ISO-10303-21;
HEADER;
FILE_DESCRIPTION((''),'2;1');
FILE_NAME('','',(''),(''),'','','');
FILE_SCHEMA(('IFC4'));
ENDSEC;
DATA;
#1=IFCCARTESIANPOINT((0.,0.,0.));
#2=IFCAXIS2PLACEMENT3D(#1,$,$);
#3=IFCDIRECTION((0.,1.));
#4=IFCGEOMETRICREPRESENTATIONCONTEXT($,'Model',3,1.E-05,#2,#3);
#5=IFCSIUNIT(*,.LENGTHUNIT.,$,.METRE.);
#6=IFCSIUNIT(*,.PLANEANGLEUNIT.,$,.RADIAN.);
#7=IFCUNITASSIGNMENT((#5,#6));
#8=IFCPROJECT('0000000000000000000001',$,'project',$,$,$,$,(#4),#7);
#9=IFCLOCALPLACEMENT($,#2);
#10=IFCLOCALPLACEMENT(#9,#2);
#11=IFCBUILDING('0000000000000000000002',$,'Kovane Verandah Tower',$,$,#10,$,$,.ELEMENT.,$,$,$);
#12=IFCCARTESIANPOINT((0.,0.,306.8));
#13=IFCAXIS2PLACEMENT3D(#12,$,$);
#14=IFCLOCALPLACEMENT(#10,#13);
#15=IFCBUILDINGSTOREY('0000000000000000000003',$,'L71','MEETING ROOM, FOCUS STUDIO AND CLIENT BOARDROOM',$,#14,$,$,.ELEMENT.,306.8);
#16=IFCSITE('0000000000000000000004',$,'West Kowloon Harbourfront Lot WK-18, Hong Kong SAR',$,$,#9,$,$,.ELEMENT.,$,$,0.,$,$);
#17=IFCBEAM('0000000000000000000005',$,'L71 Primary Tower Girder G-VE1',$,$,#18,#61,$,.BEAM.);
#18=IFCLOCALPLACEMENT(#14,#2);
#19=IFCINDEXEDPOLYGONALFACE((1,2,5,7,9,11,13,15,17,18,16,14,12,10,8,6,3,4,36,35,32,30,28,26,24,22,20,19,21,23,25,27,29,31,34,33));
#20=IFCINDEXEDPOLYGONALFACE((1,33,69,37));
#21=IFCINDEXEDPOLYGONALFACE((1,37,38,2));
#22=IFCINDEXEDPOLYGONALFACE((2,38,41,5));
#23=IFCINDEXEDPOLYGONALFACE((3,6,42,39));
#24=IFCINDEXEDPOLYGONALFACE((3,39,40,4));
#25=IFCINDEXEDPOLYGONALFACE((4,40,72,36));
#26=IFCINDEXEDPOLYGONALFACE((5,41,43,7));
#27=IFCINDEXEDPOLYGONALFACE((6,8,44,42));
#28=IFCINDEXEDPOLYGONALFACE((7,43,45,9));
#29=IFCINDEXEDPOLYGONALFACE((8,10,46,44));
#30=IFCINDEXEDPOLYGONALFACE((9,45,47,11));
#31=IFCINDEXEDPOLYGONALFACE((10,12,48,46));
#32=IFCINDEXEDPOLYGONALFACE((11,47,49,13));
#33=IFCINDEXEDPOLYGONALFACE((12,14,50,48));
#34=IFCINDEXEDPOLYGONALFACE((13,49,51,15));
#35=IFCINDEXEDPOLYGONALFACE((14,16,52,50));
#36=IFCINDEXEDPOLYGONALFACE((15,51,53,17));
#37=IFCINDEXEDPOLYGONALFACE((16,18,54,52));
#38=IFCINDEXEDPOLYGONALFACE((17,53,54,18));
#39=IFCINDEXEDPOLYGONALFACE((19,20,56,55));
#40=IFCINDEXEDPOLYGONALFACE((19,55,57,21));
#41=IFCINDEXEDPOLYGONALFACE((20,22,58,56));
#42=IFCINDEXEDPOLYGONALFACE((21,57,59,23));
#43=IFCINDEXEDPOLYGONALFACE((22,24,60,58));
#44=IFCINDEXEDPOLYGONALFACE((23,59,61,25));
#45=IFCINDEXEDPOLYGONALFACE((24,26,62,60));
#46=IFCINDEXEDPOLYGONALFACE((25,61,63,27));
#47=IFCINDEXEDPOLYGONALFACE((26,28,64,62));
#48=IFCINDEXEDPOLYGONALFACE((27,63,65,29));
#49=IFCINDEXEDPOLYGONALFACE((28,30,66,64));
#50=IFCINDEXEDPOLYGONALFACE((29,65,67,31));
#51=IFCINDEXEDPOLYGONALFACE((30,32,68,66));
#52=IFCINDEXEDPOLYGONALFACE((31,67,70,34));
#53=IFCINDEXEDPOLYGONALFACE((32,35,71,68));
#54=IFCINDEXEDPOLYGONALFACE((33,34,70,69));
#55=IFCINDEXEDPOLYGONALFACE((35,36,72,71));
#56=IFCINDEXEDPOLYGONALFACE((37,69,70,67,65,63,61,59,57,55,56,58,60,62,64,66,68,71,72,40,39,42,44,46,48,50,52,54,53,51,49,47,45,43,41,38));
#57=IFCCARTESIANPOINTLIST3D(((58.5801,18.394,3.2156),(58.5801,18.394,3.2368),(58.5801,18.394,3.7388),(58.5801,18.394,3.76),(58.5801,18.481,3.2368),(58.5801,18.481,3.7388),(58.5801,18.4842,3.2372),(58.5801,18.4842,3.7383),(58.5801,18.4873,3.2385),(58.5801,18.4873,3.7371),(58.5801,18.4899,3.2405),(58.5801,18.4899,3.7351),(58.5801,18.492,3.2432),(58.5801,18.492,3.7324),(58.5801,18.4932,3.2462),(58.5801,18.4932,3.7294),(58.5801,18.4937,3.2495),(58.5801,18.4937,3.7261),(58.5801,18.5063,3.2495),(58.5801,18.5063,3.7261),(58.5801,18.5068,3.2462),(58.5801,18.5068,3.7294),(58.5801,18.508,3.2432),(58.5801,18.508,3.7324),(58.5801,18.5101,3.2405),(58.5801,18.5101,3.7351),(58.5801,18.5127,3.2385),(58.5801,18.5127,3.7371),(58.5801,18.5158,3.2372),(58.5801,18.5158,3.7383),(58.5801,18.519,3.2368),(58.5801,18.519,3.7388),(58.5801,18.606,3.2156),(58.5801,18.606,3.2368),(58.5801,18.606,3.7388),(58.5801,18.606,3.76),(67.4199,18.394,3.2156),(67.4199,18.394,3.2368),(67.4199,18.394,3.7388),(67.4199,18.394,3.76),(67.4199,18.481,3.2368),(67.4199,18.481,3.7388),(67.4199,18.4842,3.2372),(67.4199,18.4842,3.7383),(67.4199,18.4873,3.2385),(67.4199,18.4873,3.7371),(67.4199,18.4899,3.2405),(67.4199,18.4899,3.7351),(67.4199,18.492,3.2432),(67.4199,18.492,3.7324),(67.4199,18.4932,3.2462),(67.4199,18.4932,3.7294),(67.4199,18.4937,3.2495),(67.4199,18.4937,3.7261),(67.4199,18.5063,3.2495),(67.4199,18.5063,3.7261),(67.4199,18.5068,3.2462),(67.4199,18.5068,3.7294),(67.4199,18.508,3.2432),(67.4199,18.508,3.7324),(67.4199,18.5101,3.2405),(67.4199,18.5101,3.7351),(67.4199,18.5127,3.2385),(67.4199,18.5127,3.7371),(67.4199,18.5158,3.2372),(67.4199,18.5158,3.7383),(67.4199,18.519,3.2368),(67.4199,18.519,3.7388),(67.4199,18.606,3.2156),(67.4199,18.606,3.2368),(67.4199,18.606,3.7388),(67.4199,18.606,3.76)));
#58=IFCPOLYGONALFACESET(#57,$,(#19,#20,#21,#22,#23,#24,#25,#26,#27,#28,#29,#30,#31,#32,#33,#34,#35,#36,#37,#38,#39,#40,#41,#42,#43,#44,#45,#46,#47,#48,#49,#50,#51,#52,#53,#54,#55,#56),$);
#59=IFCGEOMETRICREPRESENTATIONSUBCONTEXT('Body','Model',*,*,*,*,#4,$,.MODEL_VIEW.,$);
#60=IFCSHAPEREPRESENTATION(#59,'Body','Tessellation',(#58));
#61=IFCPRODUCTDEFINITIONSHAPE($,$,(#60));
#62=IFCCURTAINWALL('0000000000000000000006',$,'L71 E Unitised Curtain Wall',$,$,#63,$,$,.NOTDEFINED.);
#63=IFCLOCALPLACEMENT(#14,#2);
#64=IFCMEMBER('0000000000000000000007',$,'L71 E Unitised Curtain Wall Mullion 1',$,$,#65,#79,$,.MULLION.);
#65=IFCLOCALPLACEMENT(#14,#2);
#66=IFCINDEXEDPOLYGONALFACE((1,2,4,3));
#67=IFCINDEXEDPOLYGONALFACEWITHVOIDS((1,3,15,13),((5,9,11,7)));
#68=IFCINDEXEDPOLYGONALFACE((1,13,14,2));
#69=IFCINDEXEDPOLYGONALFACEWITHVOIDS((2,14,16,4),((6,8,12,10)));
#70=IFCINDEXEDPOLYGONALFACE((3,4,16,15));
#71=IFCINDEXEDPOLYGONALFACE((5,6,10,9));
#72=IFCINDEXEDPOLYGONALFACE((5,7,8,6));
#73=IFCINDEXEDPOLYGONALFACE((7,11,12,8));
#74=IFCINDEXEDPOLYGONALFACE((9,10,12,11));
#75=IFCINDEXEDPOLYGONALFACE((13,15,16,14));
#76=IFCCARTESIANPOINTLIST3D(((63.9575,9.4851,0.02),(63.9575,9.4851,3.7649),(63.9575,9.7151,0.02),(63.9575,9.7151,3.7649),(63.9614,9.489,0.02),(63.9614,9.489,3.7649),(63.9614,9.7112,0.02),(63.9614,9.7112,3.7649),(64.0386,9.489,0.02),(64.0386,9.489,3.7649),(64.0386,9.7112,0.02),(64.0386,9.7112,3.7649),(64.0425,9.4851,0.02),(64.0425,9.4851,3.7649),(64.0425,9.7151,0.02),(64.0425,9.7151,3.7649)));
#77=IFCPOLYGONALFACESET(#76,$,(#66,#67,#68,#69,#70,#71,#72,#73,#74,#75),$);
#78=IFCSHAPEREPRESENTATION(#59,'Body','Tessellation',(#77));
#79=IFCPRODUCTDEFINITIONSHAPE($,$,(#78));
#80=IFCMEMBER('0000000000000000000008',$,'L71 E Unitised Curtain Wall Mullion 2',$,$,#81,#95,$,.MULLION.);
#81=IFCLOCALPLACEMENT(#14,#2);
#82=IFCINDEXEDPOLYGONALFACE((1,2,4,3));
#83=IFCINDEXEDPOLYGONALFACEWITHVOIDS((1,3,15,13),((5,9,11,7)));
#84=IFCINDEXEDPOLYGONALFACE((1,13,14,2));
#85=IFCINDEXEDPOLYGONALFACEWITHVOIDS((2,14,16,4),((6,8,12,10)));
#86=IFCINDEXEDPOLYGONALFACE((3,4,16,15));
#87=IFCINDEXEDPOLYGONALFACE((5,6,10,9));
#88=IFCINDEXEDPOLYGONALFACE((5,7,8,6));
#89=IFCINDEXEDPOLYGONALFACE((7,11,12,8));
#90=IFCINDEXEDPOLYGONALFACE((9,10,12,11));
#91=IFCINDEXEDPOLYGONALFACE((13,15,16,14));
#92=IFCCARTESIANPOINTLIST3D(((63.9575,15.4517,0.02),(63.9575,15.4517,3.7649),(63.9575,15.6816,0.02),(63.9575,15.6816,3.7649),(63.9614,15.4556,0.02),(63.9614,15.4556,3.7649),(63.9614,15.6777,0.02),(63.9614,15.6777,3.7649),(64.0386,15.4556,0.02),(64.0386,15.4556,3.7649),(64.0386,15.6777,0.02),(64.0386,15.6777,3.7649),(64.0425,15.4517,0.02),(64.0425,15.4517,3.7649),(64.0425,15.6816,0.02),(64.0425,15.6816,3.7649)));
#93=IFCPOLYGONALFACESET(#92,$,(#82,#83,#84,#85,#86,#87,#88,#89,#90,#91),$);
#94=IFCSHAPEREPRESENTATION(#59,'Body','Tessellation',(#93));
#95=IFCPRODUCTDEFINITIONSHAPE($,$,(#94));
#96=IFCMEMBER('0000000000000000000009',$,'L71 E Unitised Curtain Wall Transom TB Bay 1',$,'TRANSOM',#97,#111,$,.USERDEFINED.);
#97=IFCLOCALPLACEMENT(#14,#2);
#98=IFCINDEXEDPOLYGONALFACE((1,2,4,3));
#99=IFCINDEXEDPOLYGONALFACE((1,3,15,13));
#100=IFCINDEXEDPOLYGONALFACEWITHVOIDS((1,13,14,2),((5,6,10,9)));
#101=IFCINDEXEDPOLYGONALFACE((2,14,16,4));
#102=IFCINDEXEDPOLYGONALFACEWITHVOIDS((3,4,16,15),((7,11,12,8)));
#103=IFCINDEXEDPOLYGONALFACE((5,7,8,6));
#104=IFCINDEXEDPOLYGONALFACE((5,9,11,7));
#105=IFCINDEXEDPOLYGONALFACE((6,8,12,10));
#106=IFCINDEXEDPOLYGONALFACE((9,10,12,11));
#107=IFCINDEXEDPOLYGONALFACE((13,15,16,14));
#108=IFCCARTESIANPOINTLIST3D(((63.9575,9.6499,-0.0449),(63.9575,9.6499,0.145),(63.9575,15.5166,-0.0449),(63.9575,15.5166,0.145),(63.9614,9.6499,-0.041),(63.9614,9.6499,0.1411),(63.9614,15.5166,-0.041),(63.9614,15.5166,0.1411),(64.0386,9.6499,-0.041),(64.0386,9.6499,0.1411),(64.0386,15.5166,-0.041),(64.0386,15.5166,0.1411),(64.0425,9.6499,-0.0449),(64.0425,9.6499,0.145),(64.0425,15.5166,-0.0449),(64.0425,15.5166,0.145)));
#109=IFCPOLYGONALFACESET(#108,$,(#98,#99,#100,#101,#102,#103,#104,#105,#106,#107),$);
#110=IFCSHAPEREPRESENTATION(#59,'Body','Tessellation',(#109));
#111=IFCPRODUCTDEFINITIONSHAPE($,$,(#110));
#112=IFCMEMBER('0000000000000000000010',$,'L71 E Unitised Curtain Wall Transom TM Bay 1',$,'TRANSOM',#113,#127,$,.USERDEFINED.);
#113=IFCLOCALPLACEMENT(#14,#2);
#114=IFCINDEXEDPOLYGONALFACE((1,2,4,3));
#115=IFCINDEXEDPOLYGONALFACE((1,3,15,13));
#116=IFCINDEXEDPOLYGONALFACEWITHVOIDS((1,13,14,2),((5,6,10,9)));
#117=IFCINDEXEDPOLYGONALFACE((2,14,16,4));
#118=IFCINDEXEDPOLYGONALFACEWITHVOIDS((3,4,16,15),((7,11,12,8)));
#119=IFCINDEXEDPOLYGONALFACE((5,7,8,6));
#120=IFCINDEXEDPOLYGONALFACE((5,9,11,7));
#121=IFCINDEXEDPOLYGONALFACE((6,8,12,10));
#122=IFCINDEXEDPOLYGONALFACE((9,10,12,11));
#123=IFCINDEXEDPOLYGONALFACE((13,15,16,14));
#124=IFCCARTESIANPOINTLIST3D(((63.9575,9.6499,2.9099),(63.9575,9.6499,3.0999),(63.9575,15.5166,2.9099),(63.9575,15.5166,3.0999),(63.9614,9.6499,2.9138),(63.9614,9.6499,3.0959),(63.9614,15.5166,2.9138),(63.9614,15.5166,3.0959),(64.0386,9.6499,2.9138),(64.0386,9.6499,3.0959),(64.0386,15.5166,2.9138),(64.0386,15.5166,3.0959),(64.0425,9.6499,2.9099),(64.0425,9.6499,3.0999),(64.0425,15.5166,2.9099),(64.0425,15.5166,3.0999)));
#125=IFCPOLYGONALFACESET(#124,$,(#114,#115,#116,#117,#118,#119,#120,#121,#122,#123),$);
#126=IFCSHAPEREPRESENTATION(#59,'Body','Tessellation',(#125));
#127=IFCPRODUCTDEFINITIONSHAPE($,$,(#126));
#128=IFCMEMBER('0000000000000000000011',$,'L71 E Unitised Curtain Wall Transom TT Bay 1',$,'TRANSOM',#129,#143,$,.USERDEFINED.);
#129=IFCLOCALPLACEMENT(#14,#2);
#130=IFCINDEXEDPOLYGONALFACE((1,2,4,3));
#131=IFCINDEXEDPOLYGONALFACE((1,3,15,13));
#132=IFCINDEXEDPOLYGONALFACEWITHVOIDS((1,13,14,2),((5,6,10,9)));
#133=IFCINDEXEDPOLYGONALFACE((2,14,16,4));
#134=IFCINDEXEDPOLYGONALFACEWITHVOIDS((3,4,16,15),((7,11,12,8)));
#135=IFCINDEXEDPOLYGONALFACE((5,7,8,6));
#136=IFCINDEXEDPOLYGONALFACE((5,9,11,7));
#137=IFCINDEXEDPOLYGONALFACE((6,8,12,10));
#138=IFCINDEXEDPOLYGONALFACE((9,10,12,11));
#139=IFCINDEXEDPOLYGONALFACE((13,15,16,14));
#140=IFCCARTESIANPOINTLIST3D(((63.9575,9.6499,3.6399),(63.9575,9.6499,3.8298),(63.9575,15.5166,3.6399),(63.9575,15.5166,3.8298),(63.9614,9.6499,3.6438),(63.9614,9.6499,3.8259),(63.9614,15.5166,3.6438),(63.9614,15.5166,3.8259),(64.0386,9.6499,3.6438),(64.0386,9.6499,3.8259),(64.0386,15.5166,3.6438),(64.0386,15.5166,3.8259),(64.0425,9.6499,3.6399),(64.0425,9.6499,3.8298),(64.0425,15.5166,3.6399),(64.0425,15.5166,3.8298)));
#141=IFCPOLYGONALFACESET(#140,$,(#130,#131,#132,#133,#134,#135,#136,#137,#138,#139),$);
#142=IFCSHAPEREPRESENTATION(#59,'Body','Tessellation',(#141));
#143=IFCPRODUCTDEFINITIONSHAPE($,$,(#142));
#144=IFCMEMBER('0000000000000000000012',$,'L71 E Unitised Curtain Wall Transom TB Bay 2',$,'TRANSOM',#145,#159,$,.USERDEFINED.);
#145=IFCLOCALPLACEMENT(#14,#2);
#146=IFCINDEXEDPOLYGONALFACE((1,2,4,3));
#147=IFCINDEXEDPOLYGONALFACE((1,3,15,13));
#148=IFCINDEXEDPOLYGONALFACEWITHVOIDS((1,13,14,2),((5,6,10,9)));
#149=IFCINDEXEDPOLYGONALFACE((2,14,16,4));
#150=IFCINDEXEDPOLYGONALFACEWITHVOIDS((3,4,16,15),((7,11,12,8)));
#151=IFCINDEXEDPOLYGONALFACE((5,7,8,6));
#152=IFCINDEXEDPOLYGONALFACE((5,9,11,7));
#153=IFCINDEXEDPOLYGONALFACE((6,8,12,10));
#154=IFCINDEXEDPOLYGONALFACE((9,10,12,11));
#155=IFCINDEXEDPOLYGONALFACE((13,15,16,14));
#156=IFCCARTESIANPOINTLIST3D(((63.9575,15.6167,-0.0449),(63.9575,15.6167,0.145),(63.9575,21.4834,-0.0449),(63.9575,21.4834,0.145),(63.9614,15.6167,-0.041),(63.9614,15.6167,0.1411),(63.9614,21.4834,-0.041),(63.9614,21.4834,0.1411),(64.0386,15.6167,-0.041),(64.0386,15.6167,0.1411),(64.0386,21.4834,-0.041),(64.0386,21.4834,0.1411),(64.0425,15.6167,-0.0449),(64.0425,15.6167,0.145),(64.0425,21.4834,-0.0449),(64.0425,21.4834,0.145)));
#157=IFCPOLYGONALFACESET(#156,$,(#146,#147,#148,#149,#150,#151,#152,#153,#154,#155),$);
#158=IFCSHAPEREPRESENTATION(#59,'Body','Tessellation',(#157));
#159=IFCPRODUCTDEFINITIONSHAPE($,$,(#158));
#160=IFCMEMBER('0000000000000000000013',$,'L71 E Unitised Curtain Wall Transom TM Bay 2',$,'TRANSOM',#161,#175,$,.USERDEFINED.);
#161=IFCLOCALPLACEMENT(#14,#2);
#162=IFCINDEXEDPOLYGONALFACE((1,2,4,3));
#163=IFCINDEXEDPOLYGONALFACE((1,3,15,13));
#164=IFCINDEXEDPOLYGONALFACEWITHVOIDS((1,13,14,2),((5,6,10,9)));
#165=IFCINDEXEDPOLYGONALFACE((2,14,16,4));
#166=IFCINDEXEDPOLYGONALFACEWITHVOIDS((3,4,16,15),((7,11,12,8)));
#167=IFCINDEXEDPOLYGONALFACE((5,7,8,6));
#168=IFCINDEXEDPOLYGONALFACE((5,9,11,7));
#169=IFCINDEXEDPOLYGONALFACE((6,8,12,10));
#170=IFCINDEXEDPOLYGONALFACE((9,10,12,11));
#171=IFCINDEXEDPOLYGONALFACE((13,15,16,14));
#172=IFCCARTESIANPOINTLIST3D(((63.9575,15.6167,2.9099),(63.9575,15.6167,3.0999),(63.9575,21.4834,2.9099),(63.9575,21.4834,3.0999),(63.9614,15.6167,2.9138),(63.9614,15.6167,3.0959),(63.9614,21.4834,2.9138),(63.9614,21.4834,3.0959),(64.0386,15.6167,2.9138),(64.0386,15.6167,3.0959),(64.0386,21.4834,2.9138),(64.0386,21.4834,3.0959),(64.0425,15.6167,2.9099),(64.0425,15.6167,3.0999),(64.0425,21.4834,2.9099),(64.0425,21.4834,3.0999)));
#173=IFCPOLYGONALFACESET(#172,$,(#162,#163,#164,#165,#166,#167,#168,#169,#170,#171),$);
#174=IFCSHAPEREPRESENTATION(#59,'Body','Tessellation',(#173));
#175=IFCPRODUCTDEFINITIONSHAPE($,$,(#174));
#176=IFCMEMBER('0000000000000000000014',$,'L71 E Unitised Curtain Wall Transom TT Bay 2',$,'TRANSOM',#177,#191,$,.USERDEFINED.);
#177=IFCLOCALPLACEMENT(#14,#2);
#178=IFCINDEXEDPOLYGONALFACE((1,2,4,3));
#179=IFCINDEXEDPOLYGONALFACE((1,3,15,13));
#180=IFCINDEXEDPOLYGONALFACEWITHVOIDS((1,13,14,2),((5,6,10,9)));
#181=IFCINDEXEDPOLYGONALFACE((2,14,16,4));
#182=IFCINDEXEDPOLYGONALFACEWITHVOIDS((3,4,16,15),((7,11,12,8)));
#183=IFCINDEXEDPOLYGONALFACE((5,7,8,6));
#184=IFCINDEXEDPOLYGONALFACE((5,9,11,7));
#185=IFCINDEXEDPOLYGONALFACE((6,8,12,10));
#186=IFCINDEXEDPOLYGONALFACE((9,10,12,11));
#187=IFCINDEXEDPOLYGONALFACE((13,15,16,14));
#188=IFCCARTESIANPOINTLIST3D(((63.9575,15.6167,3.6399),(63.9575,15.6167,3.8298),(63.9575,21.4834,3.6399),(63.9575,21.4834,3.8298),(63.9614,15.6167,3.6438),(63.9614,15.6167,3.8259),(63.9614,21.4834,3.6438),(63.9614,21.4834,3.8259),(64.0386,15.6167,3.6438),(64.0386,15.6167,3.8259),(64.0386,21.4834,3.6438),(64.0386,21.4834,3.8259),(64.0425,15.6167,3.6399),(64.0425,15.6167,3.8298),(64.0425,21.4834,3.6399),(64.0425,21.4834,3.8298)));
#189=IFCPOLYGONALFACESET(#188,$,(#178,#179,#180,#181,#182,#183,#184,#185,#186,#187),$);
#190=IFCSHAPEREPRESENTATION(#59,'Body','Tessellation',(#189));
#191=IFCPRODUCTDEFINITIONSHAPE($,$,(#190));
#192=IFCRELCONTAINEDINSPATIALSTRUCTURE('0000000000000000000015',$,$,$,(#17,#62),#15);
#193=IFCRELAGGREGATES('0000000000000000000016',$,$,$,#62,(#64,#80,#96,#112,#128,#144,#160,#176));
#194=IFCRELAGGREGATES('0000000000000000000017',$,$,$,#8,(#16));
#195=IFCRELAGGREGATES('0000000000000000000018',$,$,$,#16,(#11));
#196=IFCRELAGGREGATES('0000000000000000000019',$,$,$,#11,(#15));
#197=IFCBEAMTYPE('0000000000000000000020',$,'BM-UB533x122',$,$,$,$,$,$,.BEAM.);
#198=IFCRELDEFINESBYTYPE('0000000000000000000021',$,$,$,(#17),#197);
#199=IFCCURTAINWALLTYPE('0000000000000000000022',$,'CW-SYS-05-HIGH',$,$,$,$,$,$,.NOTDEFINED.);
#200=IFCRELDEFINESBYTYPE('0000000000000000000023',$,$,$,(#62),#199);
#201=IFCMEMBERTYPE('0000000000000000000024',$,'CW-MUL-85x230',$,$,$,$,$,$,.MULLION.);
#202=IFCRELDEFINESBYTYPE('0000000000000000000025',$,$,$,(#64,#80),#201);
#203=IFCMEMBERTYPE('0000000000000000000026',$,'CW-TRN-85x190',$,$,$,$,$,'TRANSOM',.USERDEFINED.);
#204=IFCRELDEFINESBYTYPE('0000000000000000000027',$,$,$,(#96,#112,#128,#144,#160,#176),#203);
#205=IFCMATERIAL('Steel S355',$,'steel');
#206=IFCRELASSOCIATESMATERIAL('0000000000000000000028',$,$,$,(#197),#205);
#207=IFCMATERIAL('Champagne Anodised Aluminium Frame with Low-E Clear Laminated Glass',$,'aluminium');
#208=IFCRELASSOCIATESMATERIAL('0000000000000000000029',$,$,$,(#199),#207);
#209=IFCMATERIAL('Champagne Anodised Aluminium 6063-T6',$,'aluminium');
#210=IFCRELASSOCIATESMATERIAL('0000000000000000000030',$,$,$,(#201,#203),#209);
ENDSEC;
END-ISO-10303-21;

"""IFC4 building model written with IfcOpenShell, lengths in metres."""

from ifc_helpers import new_model, si_unit, direction, frame, origin, origin_2d, place, context, subcontext, project, spatial, hollow_rectangle, i_section, extrude, material, material_profile, profile_set, type_object, element, aggregate, save


model = new_model("IFC4")

# Units and contexts
model_context = context("Model", 3, precision=1e-05, world=origin(), true_north=direction((0.0, 1.0)))
body_context = subcontext(model_context, "Body", "Model", "MODEL_VIEW")
ifc_project = project(units=[si_unit("LENGTHUNIT", "METRE"), si_unit("PLANEANGLEUNIT", "RADIAN")], contexts=[model_context])

# Site, building, storey
site_placement = place(None, origin())
site = spatial("IfcSite", under=ifc_project, at=site_placement, Name="West Kowloon Harbourfront Lot WK-18, Hong Kong SAR", CompositionType="ELEMENT", RefElevation=0.0)
building_placement = place(site_placement, origin())
building = spatial("IfcBuilding", under=site, at=building_placement, Name="Kovane Verandah Tower", CompositionType="ELEMENT")
storey_placement = place(building_placement, frame((0.0, 0.0, 306.8)))
storey = spatial("IfcBuildingStorey", under=building, at=storey_placement, Name="L71", Description="MEETING ROOM, FOCUS STUDIO AND CLIENT BOARDROOM", CompositionType="ELEMENT", Elevation=306.8)

# Beam
ifc_material_1 = material(Name="Steel S355", Category="steel")
ifc_material_profile_1 = material_profile(ifc_material_1, i_section(OverallWidth=0.2119, OverallDepth=0.5444, WebThickness=0.0127, FlangeThickness=0.0212, FilletRadius=0.0127, at=origin_2d()), Name="UB533x210x122")
ifc_profile_set_1 = profile_set([ifc_material_profile_1], Name="Steel S355")
beam_type_1 = type_object("IfcBeamType", Name="BM-UB533x122", PredefinedType="BEAM", material=ifc_profile_set_1)
beam_1_placement = place(storey_placement, frame((58.5801, 18.5, 3.4878), z_axis=(1.0, 0.0, 0.0), x_axis=(0.0, 1.0, 0.0)))
element("IfcBeam", 1, at=beam_1_placement, inside=storey, type_object=beam_type_1, Name="L71 Primary Tower Girder G-VE1", PredefinedType="BEAM", context=body_context, shape_type="SweptSolid", body=[
    extrude(i_section(OverallWidth=0.2119, OverallDepth=0.5444, WebThickness=0.0127, FlangeThickness=0.0212, FilletRadius=0.0127, at=origin_2d()), origin(), (0.0, 0.0, 1.0), 8.8398),
])

# Curtain wall, members
ifc_material_2 = material(Name="Champagne Anodised Aluminium Frame with Low-E Clear Laminated Glass", Category="aluminium")
curtain_wall_type = type_object("IfcCurtainWallType", Name="CW-SYS-05-HIGH", PredefinedType="NOTDEFINED", material=ifc_material_2)
curtain_wall_placement = place(storey_placement, origin())
curtain_wall = element("IfcCurtainWall", 2, at=curtain_wall_placement, inside=storey, type_object=curtain_wall_type, Name="L71 E Unitised Curtain Wall", PredefinedType="NOTDEFINED")
ifc_material_3 = material(Name="Champagne Anodised Aluminium 6063-T6", Category="aluminium")
ifc_material_profile_2 = material_profile(ifc_material_3, hollow_rectangle(XDim=0.085, YDim=0.23, WallThickness=0.0039, at=origin_2d()), Name="AL85x230x4")
ifc_profile_set_2 = profile_set([ifc_material_profile_2], Name="Champagne Anodised Aluminium 6063-T6")
member_type_1 = type_object("IfcMemberType", Name="CW-MUL-85x230", PredefinedType="MULLION", material=ifc_profile_set_2)
member_1_placement = place(storey_placement, frame((64.0, 9.6001, 0.02), z_axis=(0.0, 0.0, 1.0), x_axis=(1.0, 0.0, 0.0)))
member_1 = element("IfcMember", 3, at=member_1_placement, type_object=member_type_1, Name="L71 E Unitised Curtain Wall Mullion 1", PredefinedType="MULLION", context=body_context, shape_type="SweptSolid", body=[
    extrude(hollow_rectangle(XDim=0.085, YDim=0.23, WallThickness=0.0039, at=origin_2d()), origin(), (0.0, 0.0, 1.0), 3.7449),
])
member_2_placement = place(storey_placement, frame((64.0, 15.5667, 0.02), z_axis=(0.0, 0.0, 1.0), x_axis=(1.0, 0.0, 0.0)))
member_2 = element("IfcMember", 4, at=member_2_placement, type_object=member_type_1, Name="L71 E Unitised Curtain Wall Mullion 2", PredefinedType="MULLION", context=body_context, shape_type="SweptSolid", body=[
    extrude(hollow_rectangle(XDim=0.085, YDim=0.23, WallThickness=0.0039, at=origin_2d()), origin(), (0.0, 0.0, 1.0), 3.7449),
])
ifc_material_profile_3 = material_profile(ifc_material_3, hollow_rectangle(XDim=0.085, YDim=0.1899, WallThickness=0.0039, at=origin_2d()), Name="AL85x190x4")
ifc_profile_set_3 = profile_set([ifc_material_profile_3], Name="Champagne Anodised Aluminium 6063-T6")
member_type_2 = type_object("IfcMemberType", Name="CW-TRN-85x190", ElementType="TRANSOM", PredefinedType="USERDEFINED", material=ifc_profile_set_3)
member_3_placement = place(storey_placement, frame((64.0, 9.6499, 0.05), z_axis=(0.0, 1.0, 0.0), x_axis=(-1.0, 0.0, 0.0)))
member_3 = element("IfcMember", 5, at=member_3_placement, type_object=member_type_2, Name="L71 E Unitised Curtain Wall Transom TB Bay 1", ObjectType="TRANSOM", PredefinedType="USERDEFINED", context=body_context, shape_type="SweptSolid", body=[
    extrude(hollow_rectangle(XDim=0.085, YDim=0.1899, WallThickness=0.0039, at=origin_2d()), origin(), (0.0, 0.0, 1.0), 5.8667),
])
member_4_placement = place(storey_placement, frame((64.0, 9.6499, 3.0049), z_axis=(0.0, 1.0, 0.0), x_axis=(-1.0, 0.0, 0.0)))
member_4 = element("IfcMember", 6, at=member_4_placement, type_object=member_type_2, Name="L71 E Unitised Curtain Wall Transom TM Bay 1", ObjectType="TRANSOM", PredefinedType="USERDEFINED", context=body_context, shape_type="SweptSolid", body=[
    extrude(hollow_rectangle(XDim=0.085, YDim=0.1899, WallThickness=0.0039, at=origin_2d()), origin(), (0.0, 0.0, 1.0), 5.8667),
])
member_5_placement = place(storey_placement, frame((64.0, 9.6499, 3.7349), z_axis=(0.0, 1.0, 0.0), x_axis=(-1.0, 0.0, 0.0)))
member_5 = element("IfcMember", 7, at=member_5_placement, type_object=member_type_2, Name="L71 E Unitised Curtain Wall Transom TT Bay 1", ObjectType="TRANSOM", PredefinedType="USERDEFINED", context=body_context, shape_type="SweptSolid", body=[
    extrude(hollow_rectangle(XDim=0.085, YDim=0.1899, WallThickness=0.0039, at=origin_2d()), origin(), (0.0, 0.0, 1.0), 5.8667),
])
member_6_placement = place(storey_placement, frame((64.0, 15.6167, 0.05), z_axis=(0.0, 1.0, 0.0), x_axis=(-1.0, 0.0, 0.0)))
member_6 = element("IfcMember", 8, at=member_6_placement, type_object=member_type_2, Name="L71 E Unitised Curtain Wall Transom TB Bay 2", ObjectType="TRANSOM", PredefinedType="USERDEFINED", context=body_context, shape_type="SweptSolid", body=[
    extrude(hollow_rectangle(XDim=0.085, YDim=0.1899, WallThickness=0.0039, at=origin_2d()), origin(), (0.0, 0.0, 1.0), 5.8667),
])
member_7_placement = place(storey_placement, frame((64.0, 15.6167, 3.0049), z_axis=(0.0, 1.0, 0.0), x_axis=(-1.0, 0.0, 0.0)))
member_7 = element("IfcMember", 9, at=member_7_placement, type_object=member_type_2, Name="L71 E Unitised Curtain Wall Transom TM Bay 2", ObjectType="TRANSOM", PredefinedType="USERDEFINED", context=body_context, shape_type="SweptSolid", body=[
    extrude(hollow_rectangle(XDim=0.085, YDim=0.1899, WallThickness=0.0039, at=origin_2d()), origin(), (0.0, 0.0, 1.0), 5.8667),
])
member_8_placement = place(storey_placement, frame((64.0, 15.6167, 3.7349), z_axis=(0.0, 1.0, 0.0), x_axis=(-1.0, 0.0, 0.0)))
member_8 = element("IfcMember", 10, at=member_8_placement, type_object=member_type_2, Name="L71 E Unitised Curtain Wall Transom TT Bay 2", ObjectType="TRANSOM", PredefinedType="USERDEFINED", context=body_context, shape_type="SweptSolid", body=[
    extrude(hollow_rectangle(XDim=0.085, YDim=0.1899, WallThickness=0.0039, at=origin_2d()), origin(), (0.0, 0.0, 1.0), 5.8667),
])

aggregate(curtain_wall, [member_1, member_2, member_3, member_4, member_5, member_6, member_7, member_8])

save(model, "model.ifc")
